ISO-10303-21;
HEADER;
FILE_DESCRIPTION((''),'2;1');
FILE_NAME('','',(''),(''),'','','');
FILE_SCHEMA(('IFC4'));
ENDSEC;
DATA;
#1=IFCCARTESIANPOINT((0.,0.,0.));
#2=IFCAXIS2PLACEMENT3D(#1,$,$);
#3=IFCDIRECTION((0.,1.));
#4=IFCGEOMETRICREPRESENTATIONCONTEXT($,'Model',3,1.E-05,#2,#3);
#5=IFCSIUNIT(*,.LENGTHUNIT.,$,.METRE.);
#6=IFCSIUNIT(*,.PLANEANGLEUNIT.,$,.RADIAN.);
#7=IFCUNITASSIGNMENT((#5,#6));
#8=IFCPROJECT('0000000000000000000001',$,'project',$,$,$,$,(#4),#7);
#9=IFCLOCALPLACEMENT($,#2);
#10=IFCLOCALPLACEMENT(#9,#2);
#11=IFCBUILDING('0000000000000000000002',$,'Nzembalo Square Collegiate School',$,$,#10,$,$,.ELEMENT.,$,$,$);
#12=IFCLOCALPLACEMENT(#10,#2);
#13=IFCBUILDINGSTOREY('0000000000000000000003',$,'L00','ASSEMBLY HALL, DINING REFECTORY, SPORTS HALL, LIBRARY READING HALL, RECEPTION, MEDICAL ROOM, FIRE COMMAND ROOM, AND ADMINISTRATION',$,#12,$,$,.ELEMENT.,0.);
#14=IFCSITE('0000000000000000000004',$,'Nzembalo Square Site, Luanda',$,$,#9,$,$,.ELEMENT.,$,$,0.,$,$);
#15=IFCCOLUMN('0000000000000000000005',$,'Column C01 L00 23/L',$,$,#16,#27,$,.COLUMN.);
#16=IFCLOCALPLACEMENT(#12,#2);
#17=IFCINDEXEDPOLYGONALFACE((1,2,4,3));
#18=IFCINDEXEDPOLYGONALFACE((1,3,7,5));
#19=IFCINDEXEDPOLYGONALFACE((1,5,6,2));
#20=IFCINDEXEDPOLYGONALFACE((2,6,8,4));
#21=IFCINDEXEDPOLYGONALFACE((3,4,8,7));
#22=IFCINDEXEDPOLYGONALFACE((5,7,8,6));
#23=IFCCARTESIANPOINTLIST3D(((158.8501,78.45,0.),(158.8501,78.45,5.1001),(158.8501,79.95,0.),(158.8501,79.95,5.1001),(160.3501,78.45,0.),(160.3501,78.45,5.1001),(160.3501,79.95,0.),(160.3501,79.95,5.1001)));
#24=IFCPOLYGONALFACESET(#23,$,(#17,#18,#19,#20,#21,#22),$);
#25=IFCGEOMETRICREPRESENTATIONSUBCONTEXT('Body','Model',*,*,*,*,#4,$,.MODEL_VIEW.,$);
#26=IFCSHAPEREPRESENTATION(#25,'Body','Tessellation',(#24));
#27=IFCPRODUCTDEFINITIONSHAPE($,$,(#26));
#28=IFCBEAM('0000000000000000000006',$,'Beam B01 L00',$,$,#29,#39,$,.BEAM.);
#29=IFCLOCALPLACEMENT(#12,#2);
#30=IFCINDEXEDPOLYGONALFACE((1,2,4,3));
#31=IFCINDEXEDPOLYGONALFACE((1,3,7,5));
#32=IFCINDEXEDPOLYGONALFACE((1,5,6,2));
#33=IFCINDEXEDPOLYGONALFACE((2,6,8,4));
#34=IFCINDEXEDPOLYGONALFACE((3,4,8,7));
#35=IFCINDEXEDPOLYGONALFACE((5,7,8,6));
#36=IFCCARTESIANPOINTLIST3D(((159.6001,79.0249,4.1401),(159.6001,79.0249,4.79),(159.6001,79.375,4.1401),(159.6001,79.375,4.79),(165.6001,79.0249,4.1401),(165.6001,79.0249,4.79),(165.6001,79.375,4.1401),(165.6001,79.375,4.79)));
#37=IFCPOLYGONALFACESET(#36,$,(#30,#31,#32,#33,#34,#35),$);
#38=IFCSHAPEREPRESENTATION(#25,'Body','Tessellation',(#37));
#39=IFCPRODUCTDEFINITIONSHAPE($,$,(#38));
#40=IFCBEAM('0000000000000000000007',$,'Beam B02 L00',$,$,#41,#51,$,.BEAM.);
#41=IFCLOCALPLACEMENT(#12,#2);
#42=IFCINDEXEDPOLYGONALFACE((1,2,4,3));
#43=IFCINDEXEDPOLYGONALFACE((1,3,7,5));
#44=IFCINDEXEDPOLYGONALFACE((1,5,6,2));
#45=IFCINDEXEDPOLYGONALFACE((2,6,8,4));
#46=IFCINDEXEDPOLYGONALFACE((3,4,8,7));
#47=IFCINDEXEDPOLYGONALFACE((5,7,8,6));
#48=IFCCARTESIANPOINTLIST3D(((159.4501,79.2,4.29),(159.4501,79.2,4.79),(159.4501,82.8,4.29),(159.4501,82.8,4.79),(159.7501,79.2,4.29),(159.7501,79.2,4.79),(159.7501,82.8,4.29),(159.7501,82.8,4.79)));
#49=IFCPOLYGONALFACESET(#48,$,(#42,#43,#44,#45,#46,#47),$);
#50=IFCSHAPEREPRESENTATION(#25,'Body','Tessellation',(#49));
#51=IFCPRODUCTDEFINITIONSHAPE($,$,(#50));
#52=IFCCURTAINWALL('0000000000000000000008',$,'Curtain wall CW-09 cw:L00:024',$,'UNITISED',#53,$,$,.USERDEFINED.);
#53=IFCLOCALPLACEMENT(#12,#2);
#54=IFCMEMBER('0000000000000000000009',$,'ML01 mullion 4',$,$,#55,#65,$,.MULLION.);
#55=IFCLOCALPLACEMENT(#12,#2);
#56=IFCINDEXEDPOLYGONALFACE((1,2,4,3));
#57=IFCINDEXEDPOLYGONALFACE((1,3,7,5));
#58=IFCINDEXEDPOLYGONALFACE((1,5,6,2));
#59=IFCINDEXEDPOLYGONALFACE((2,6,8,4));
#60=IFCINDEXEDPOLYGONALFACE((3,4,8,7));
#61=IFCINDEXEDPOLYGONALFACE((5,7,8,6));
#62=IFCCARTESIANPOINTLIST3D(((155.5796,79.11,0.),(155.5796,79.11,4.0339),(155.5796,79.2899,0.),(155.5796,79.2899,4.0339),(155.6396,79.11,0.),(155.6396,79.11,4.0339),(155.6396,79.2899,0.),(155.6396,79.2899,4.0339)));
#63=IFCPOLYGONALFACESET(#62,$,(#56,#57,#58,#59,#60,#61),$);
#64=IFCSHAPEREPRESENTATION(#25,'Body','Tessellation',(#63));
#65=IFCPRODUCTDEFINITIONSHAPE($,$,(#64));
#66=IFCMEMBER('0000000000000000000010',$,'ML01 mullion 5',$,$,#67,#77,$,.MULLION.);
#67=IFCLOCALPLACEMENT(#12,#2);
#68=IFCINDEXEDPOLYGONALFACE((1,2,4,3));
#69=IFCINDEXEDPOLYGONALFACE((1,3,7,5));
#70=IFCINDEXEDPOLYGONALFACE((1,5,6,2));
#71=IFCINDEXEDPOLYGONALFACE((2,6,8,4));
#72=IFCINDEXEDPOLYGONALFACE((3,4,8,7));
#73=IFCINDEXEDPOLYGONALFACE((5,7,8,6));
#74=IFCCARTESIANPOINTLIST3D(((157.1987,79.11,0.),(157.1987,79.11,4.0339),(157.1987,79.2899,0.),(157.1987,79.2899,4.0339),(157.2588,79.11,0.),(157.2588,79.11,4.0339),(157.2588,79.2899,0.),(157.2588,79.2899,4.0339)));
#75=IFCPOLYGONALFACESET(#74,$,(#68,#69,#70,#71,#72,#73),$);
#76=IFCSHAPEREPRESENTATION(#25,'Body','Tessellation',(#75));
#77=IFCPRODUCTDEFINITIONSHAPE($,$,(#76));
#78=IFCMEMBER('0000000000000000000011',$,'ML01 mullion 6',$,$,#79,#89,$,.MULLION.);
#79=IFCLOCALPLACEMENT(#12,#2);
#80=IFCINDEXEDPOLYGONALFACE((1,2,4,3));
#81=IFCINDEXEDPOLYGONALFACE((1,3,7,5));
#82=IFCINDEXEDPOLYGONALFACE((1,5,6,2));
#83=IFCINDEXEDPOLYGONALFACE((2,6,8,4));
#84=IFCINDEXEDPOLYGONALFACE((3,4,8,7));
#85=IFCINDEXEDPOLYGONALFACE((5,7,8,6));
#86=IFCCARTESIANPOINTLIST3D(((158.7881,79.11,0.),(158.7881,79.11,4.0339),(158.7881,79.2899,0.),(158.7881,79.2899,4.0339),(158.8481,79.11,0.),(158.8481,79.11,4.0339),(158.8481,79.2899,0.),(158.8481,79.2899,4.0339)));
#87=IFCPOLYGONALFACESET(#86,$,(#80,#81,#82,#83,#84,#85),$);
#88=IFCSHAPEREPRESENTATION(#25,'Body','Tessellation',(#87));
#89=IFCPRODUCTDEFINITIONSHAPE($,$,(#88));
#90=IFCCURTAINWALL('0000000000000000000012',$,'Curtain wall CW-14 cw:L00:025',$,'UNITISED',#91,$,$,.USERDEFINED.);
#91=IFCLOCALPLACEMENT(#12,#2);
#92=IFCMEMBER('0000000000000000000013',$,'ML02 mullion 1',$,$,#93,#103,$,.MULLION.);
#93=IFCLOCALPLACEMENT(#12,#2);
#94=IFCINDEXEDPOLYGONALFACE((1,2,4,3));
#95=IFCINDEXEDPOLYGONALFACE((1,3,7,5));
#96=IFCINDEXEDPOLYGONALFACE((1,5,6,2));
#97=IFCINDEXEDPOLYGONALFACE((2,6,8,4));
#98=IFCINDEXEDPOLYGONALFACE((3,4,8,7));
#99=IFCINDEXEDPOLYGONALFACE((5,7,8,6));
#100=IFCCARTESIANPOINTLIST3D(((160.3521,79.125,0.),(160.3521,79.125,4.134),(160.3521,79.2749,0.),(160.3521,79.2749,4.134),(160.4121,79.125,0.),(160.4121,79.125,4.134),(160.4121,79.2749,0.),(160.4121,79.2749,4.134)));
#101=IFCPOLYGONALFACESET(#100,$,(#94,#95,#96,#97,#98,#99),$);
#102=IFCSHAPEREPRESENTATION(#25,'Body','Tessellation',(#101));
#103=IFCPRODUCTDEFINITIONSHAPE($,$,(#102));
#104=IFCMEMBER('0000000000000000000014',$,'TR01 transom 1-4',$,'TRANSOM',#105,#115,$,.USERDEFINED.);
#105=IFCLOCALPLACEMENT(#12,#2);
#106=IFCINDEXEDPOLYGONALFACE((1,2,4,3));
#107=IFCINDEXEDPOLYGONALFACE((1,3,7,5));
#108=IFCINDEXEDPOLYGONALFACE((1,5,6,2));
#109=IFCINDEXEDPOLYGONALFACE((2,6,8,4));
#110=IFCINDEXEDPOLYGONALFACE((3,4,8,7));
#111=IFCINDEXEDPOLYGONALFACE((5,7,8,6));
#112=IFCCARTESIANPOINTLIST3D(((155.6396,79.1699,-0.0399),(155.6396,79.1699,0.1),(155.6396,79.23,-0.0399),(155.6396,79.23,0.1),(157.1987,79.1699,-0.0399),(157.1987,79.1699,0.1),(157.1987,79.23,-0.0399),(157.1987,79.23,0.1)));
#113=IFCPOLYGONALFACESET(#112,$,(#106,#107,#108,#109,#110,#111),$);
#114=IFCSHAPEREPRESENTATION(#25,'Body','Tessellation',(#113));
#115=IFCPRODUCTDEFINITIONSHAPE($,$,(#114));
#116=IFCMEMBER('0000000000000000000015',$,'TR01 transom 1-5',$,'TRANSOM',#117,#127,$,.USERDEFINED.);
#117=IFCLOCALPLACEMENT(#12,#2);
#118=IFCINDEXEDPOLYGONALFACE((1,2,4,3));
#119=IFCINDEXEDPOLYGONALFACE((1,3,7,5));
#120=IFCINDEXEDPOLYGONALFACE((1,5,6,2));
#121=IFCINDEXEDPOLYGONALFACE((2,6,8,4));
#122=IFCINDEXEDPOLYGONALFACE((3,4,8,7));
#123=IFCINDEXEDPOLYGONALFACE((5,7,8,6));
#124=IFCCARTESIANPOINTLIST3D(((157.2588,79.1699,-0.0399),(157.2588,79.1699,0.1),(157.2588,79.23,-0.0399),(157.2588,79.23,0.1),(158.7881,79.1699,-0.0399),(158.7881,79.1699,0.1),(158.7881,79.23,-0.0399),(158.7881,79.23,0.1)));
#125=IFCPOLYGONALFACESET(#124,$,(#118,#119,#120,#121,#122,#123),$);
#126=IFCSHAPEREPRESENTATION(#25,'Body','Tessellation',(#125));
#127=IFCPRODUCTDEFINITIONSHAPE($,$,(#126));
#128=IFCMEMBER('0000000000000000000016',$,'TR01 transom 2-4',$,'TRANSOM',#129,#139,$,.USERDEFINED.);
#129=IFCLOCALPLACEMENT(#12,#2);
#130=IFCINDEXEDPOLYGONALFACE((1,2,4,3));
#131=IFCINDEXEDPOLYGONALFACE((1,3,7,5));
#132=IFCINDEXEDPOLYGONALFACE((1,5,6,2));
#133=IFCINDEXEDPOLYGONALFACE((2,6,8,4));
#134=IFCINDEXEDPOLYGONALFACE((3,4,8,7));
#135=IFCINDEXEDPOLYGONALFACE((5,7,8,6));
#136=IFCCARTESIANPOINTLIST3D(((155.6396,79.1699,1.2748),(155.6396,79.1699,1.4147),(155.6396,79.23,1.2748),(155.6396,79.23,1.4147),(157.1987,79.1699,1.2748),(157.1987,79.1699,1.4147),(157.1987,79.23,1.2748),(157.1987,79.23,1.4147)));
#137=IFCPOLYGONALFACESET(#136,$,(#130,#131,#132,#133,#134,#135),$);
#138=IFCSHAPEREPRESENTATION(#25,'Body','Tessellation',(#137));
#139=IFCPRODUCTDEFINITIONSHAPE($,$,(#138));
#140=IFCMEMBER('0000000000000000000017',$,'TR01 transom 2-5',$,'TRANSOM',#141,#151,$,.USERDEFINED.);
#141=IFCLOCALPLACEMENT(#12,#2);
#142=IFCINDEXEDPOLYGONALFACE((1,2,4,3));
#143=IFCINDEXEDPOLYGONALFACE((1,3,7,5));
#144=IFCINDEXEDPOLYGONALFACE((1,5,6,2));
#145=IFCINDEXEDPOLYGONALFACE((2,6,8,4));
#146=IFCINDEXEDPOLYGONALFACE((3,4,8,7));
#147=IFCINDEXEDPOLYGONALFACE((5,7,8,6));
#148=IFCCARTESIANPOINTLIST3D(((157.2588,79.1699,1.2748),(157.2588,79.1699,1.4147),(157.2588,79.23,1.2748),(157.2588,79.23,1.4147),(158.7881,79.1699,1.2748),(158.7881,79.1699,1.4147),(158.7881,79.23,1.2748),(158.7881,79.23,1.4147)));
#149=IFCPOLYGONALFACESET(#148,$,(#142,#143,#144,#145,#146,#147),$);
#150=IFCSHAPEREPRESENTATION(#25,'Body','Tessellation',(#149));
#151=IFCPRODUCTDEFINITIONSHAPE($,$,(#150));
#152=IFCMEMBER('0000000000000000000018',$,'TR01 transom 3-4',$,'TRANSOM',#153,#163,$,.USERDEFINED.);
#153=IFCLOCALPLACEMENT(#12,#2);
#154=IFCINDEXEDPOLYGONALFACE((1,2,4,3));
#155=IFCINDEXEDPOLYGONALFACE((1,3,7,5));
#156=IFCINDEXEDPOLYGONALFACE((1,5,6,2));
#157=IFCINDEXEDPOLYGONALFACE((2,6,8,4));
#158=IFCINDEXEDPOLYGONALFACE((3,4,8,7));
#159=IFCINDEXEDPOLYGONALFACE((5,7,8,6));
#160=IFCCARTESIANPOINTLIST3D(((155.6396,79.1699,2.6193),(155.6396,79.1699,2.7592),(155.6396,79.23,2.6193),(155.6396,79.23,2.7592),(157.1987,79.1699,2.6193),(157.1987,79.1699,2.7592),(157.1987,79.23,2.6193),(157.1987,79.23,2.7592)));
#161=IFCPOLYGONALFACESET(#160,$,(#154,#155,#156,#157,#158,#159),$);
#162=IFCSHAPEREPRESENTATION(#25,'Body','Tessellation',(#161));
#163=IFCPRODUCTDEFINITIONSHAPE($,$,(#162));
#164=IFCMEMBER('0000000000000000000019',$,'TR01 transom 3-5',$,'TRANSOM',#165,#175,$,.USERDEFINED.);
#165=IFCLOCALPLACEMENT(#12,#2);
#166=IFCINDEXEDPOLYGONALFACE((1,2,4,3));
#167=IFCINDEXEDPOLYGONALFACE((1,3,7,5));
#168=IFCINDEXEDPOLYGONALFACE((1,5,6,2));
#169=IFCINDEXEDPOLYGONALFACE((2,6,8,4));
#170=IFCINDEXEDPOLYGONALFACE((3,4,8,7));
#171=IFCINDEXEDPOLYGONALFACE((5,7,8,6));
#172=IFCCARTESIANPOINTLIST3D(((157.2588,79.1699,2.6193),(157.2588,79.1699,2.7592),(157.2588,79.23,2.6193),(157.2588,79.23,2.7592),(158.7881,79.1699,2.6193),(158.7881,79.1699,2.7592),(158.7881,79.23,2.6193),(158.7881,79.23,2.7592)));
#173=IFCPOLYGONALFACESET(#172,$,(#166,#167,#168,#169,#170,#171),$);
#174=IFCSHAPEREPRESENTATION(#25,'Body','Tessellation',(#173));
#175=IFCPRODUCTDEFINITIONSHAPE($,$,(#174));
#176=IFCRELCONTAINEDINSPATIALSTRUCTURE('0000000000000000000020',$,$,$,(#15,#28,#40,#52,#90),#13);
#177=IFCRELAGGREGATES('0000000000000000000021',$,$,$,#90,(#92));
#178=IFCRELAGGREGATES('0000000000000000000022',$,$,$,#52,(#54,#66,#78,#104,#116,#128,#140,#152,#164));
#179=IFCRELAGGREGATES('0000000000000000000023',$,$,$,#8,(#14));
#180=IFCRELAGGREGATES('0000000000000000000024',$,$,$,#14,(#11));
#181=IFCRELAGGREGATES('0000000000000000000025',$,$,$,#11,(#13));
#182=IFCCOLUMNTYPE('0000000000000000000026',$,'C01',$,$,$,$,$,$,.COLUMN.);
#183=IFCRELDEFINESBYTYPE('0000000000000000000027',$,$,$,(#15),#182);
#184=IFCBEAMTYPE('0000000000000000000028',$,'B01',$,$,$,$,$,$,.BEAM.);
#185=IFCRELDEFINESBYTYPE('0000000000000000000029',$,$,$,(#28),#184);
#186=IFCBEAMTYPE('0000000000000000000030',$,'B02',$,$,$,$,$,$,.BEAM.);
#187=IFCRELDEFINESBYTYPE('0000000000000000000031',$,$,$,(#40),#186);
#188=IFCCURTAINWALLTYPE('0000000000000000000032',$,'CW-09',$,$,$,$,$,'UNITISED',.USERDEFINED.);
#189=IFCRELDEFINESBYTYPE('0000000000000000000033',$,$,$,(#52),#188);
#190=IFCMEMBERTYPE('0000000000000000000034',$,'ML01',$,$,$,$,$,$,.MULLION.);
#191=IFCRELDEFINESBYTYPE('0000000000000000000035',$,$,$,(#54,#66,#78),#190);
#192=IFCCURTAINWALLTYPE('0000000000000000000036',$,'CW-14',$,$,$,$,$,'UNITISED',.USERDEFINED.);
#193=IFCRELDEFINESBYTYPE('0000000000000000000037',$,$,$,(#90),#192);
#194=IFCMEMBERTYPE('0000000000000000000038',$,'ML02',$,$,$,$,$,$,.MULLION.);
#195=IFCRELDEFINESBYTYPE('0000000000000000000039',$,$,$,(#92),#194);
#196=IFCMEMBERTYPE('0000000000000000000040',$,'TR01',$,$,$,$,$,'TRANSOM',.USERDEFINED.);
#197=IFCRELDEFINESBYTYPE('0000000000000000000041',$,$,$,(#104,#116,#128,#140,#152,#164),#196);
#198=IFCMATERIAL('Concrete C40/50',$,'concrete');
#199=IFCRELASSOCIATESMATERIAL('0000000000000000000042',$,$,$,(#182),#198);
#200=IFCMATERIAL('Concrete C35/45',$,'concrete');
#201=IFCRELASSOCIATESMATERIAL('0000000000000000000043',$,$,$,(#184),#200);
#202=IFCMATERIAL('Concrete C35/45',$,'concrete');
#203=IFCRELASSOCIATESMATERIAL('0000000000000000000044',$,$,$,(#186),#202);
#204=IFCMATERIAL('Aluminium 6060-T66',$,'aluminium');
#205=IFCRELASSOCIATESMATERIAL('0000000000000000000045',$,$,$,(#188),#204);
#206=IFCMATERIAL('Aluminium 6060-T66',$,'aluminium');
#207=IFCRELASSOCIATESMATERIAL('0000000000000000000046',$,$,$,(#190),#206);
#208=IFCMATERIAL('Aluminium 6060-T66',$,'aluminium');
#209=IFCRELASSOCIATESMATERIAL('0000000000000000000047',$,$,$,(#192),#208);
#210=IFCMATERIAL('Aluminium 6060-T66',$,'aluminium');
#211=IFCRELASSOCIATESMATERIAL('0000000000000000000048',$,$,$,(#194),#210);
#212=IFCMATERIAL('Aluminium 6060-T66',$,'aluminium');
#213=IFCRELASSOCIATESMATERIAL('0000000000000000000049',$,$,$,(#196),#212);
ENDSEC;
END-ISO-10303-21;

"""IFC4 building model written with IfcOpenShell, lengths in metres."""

from ifc_helpers import new_model, si_unit, direction, frame, origin, origin_2d, place, context, subcontext, project, spatial, rectangle, extrude, material, material_profile, profile_set, type_object, element, aggregate, save


model = new_model("IFC4")

# Units and contexts
model_context = context("Model", 3, precision=1e-05, world=origin(), true_north=direction((0.0, 1.0)))
body_context = subcontext(model_context, "Body", "Model", "MODEL_VIEW")
ifc_project = project(units=[si_unit("LENGTHUNIT", "METRE"), si_unit("PLANEANGLEUNIT", "RADIAN")], contexts=[model_context])

# Site, building, storey
site_placement = place(None, origin())
site = spatial("IfcSite", under=ifc_project, at=site_placement, Name="Nzembalo Square Site, Luanda", CompositionType="ELEMENT", RefElevation=0.0)
building_placement = place(site_placement, origin())
building = spatial("IfcBuilding", under=site, at=building_placement, Name="Nzembalo Square Collegiate School", CompositionType="ELEMENT")
storey_placement = place(building_placement, origin())
storey = spatial("IfcBuildingStorey", under=building, at=storey_placement, Name="L00", Description="ASSEMBLY HALL, DINING REFECTORY, SPORTS HALL, LIBRARY READING HALL, RECEPTION, MEDICAL ROOM, FIRE COMMAND ROOM, AND ADMINISTRATION", CompositionType="ELEMENT", Elevation=0.0)

# Column
ifc_material_1 = material(Name="Concrete C40/50", Category="concrete")
ifc_material_profile_1 = material_profile(ifc_material_1, rectangle(XDim=1.5, YDim=1.5, at=origin_2d()), Name="RC 1500x1500")
ifc_profile_set_1 = profile_set([ifc_material_profile_1], Name="Concrete C40/50")
column_type = type_object("IfcColumnType", Name="C01", PredefinedType="COLUMN", material=ifc_profile_set_1)
column_placement = place(storey_placement, frame((159.6001, 79.2, 0.0), z_axis=(0.0, 0.0, 1.0), x_axis=(1.0, 0.0, 0.0)))
element("IfcColumn", 1, at=column_placement, inside=storey, type_object=column_type, Name="Column C01 L00 23/L", PredefinedType="COLUMN", context=body_context, shape_type="SweptSolid", body=[
    extrude(rectangle(XDim=1.5, YDim=1.5, at=origin_2d()), origin(), (0.0, 0.0, 1.0), 5.1001),
])

# Beams
ifc_material_2 = material(Name="Concrete C35/45", Category="concrete")
ifc_material_profile_2 = material_profile(ifc_material_2, rectangle(XDim=0.3501, YDim=0.6499, at=origin_2d()), Name="RC 350x650")
ifc_profile_set_2 = profile_set([ifc_material_profile_2], Name="Concrete C35/45")
beam_type_1 = type_object("IfcBeamType", Name="B01", PredefinedType="BEAM", material=ifc_profile_set_2)
beam_1_placement = place(storey_placement, frame((159.6001, 79.2, 4.4651), z_axis=(1.0, 0.0, 0.0), x_axis=(0.0, 1.0, 0.0)))
element("IfcBeam", 2, at=beam_1_placement, inside=storey, type_object=beam_type_1, Name="Beam B01 L00", PredefinedType="BEAM", context=body_context, shape_type="SweptSolid", body=[
    extrude(rectangle(XDim=0.3501, YDim=0.6499, at=origin_2d()), origin(), (0.0, 0.0, 1.0), 6.0),
])
ifc_material_3 = material(Name="Concrete C35/45", Category="concrete")
ifc_material_profile_3 = material_profile(ifc_material_3, rectangle(XDim=0.3, YDim=0.5, at=origin_2d()), Name="RC 300x500")
ifc_profile_set_3 = profile_set([ifc_material_profile_3], Name="Concrete C35/45")
beam_type_2 = type_object("IfcBeamType", Name="B02", PredefinedType="BEAM", material=ifc_profile_set_3)
beam_2_placement = place(storey_placement, frame((159.6001, 79.2, 4.54), z_axis=(0.0, 1.0, 0.0), x_axis=(-1.0, 0.0, 0.0)))
element("IfcBeam", 3, at=beam_2_placement, inside=storey, type_object=beam_type_2, Name="Beam B02 L00", PredefinedType="BEAM", context=body_context, shape_type="SweptSolid", body=[
    extrude(rectangle(XDim=0.3, YDim=0.5, at=origin_2d()), origin(), (0.0, 0.0, 1.0), 3.6001),
])

# Curtain wall, members
ifc_material_4 = material(Name="Aluminium 6060-T66", Category="aluminium")
curtain_wall_type_1 = type_object("IfcCurtainWallType", Name="CW-09", ElementType="UNITISED", PredefinedType="USERDEFINED", material=ifc_material_4)
curtain_wall_1_placement = place(storey_placement, origin())
curtain_wall_1 = element("IfcCurtainWall", 4, at=curtain_wall_1_placement, inside=storey, type_object=curtain_wall_type_1, Name="Curtain wall CW-09 cw:L00:024", ObjectType="UNITISED", PredefinedType="USERDEFINED")
ifc_material_5 = material(Name="Aluminium 6060-T66", Category="aluminium")
ifc_material_profile_4 = material_profile(ifc_material_5, rectangle(XDim=0.0601, YDim=0.1799, at=origin_2d()), Name="ALU M60x180")
ifc_profile_set_4 = profile_set([ifc_material_profile_4], Name="Aluminium 6060-T66")
member_type_1 = type_object("IfcMemberType", Name="ML01", PredefinedType="MULLION", material=ifc_profile_set_4)
member_1_placement = place(storey_placement, frame((155.6096, 79.2, 0.0), z_axis=(0.0, 0.0, 1.0), x_axis=(1.0, 0.0, 0.0)))
member_1 = element("IfcMember", 5, at=member_1_placement, type_object=member_type_1, Name="ML01 mullion 4", PredefinedType="MULLION", context=body_context, shape_type="SweptSolid", body=[
    extrude(rectangle(XDim=0.0601, YDim=0.1799, at=origin_2d()), origin(), (0.0, 0.0, 1.0), 4.0339),
])
member_2_placement = place(storey_placement, frame((157.2288, 79.2, 0.0), z_axis=(0.0, 0.0, 1.0), x_axis=(1.0, 0.0, 0.0)))
member_2 = element("IfcMember", 6, at=member_2_placement, type_object=member_type_1, Name="ML01 mullion 5", PredefinedType="MULLION", context=body_context, shape_type="SweptSolid", body=[
    extrude(rectangle(XDim=0.0601, YDim=0.1799, at=origin_2d()), origin(), (0.0, 0.0, 1.0), 4.0339),
])
member_3_placement = place(storey_placement, frame((158.8181, 79.2, 0.0), z_axis=(0.0, 0.0, 1.0), x_axis=(1.0, 0.0, 0.0)))
member_3 = element("IfcMember", 7, at=member_3_placement, type_object=member_type_1, Name="ML01 mullion 6", PredefinedType="MULLION", context=body_context, shape_type="SweptSolid", body=[
    extrude(rectangle(XDim=0.0601, YDim=0.1799, at=origin_2d()), origin(), (0.0, 0.0, 1.0), 4.0339),
])

# Curtain wall, member
ifc_material_6 = material(Name="Aluminium 6060-T66", Category="aluminium")
curtain_wall_type_2 = type_object("IfcCurtainWallType", Name="CW-14", ElementType="UNITISED", PredefinedType="USERDEFINED", material=ifc_material_6)
curtain_wall_2_placement = place(storey_placement, origin())
curtain_wall_2 = element("IfcCurtainWall", 8, at=curtain_wall_2_placement, inside=storey, type_object=curtain_wall_type_2, Name="Curtain wall CW-14 cw:L00:025", ObjectType="UNITISED", PredefinedType="USERDEFINED")
ifc_material_7 = material(Name="Aluminium 6060-T66", Category="aluminium")
ifc_material_profile_5 = material_profile(ifc_material_7, rectangle(XDim=0.0601, YDim=0.1499, at=origin_2d()), Name="ALU M60x150")
ifc_profile_set_5 = profile_set([ifc_material_profile_5], Name="Aluminium 6060-T66")
member_type_2 = type_object("IfcMemberType", Name="ML02", PredefinedType="MULLION", material=ifc_profile_set_5)
member_4_placement = place(storey_placement, frame((160.3821, 79.2, 0.0), z_axis=(0.0, 0.0, 1.0), x_axis=(1.0, 0.0, 0.0)))
member_4 = element("IfcMember", 9, at=member_4_placement, type_object=member_type_2, Name="ML02 mullion 1", PredefinedType="MULLION", context=body_context, shape_type="SweptSolid", body=[
    extrude(rectangle(XDim=0.0601, YDim=0.1499, at=origin_2d()), origin(), (0.0, 0.0, 1.0), 4.134),
])

# Members
ifc_material_8 = material(Name="Aluminium 6060-T66", Category="aluminium")
ifc_material_profile_6 = material_profile(ifc_material_8, rectangle(XDim=0.0601, YDim=0.1399, at=origin_2d()), Name="ALU T60x140")
ifc_profile_set_6 = profile_set([ifc_material_profile_6], Name="Aluminium 6060-T66")
member_type_3 = type_object("IfcMemberType", Name="TR01", ElementType="TRANSOM", PredefinedType="USERDEFINED", material=ifc_profile_set_6)
member_5_placement = place(storey_placement, frame((155.6396, 79.2, 0.03), z_axis=(1.0, 0.0, 0.0), x_axis=(0.0, 1.0, 0.0)))
member_5 = element("IfcMember", 10, at=member_5_placement, type_object=member_type_3, Name="TR01 transom 1-4", ObjectType="TRANSOM", PredefinedType="USERDEFINED", context=body_context, shape_type="SweptSolid", body=[
    extrude(rectangle(XDim=0.0601, YDim=0.1399, at=origin_2d()), origin(), (0.0, 0.0, 1.0), 1.5591),
])
member_6_placement = place(storey_placement, frame((157.2588, 79.2, 0.03), z_axis=(1.0, 0.0, 0.0), x_axis=(0.0, 1.0, 0.0)))
member_6 = element("IfcMember", 11, at=member_6_placement, type_object=member_type_3, Name="TR01 transom 1-5", ObjectType="TRANSOM", PredefinedType="USERDEFINED", context=body_context, shape_type="SweptSolid", body=[
    extrude(rectangle(XDim=0.0601, YDim=0.1399, at=origin_2d()), origin(), (0.0, 0.0, 1.0), 1.5293),
])
member_7_placement = place(storey_placement, frame((155.6396, 79.2, 1.3447), z_axis=(1.0, 0.0, 0.0), x_axis=(0.0, 1.0, 0.0)))
member_7 = element("IfcMember", 12, at=member_7_placement, type_object=member_type_3, Name="TR01 transom 2-4", ObjectType="TRANSOM", PredefinedType="USERDEFINED", context=body_context, shape_type="SweptSolid", body=[
    extrude(rectangle(XDim=0.0601, YDim=0.1399, at=origin_2d()), origin(), (0.0, 0.0, 1.0), 1.5591),
])
member_8_placement = place(storey_placement, frame((157.2588, 79.2, 1.3447), z_axis=(1.0, 0.0, 0.0), x_axis=(0.0, 1.0, 0.0)))
member_8 = element("IfcMember", 13, at=member_8_placement, type_object=member_type_3, Name="TR01 transom 2-5", ObjectType="TRANSOM", PredefinedType="USERDEFINED", context=body_context, shape_type="SweptSolid", body=[
    extrude(rectangle(XDim=0.0601, YDim=0.1399, at=origin_2d()), origin(), (0.0, 0.0, 1.0), 1.5293),
])
member_9_placement = place(storey_placement, frame((155.6396, 79.2, 2.6892), z_axis=(1.0, 0.0, 0.0), x_axis=(0.0, 1.0, 0.0)))
member_9 = element("IfcMember", 14, at=member_9_placement, type_object=member_type_3, Name="TR01 transom 3-4", ObjectType="TRANSOM", PredefinedType="USERDEFINED", context=body_context, shape_type="SweptSolid", body=[
    extrude(rectangle(XDim=0.0601, YDim=0.1399, at=origin_2d()), origin(), (0.0, 0.0, 1.0), 1.5591),
])
member_10_placement = place(storey_placement, frame((157.2588, 79.2, 2.6892), z_axis=(1.0, 0.0, 0.0), x_axis=(0.0, 1.0, 0.0)))
member_10 = element("IfcMember", 15, at=member_10_placement, type_object=member_type_3, Name="TR01 transom 3-5", ObjectType="TRANSOM", PredefinedType="USERDEFINED", context=body_context, shape_type="SweptSolid", body=[
    extrude(rectangle(XDim=0.0601, YDim=0.1399, at=origin_2d()), origin(), (0.0, 0.0, 1.0), 1.5293),
])
aggregate(curtain_wall_2, [member_4])

aggregate(curtain_wall_1, [member_1, member_2, member_3, member_5, member_6, member_7, member_8, member_9, member_10])

save(model, "model.ifc")
